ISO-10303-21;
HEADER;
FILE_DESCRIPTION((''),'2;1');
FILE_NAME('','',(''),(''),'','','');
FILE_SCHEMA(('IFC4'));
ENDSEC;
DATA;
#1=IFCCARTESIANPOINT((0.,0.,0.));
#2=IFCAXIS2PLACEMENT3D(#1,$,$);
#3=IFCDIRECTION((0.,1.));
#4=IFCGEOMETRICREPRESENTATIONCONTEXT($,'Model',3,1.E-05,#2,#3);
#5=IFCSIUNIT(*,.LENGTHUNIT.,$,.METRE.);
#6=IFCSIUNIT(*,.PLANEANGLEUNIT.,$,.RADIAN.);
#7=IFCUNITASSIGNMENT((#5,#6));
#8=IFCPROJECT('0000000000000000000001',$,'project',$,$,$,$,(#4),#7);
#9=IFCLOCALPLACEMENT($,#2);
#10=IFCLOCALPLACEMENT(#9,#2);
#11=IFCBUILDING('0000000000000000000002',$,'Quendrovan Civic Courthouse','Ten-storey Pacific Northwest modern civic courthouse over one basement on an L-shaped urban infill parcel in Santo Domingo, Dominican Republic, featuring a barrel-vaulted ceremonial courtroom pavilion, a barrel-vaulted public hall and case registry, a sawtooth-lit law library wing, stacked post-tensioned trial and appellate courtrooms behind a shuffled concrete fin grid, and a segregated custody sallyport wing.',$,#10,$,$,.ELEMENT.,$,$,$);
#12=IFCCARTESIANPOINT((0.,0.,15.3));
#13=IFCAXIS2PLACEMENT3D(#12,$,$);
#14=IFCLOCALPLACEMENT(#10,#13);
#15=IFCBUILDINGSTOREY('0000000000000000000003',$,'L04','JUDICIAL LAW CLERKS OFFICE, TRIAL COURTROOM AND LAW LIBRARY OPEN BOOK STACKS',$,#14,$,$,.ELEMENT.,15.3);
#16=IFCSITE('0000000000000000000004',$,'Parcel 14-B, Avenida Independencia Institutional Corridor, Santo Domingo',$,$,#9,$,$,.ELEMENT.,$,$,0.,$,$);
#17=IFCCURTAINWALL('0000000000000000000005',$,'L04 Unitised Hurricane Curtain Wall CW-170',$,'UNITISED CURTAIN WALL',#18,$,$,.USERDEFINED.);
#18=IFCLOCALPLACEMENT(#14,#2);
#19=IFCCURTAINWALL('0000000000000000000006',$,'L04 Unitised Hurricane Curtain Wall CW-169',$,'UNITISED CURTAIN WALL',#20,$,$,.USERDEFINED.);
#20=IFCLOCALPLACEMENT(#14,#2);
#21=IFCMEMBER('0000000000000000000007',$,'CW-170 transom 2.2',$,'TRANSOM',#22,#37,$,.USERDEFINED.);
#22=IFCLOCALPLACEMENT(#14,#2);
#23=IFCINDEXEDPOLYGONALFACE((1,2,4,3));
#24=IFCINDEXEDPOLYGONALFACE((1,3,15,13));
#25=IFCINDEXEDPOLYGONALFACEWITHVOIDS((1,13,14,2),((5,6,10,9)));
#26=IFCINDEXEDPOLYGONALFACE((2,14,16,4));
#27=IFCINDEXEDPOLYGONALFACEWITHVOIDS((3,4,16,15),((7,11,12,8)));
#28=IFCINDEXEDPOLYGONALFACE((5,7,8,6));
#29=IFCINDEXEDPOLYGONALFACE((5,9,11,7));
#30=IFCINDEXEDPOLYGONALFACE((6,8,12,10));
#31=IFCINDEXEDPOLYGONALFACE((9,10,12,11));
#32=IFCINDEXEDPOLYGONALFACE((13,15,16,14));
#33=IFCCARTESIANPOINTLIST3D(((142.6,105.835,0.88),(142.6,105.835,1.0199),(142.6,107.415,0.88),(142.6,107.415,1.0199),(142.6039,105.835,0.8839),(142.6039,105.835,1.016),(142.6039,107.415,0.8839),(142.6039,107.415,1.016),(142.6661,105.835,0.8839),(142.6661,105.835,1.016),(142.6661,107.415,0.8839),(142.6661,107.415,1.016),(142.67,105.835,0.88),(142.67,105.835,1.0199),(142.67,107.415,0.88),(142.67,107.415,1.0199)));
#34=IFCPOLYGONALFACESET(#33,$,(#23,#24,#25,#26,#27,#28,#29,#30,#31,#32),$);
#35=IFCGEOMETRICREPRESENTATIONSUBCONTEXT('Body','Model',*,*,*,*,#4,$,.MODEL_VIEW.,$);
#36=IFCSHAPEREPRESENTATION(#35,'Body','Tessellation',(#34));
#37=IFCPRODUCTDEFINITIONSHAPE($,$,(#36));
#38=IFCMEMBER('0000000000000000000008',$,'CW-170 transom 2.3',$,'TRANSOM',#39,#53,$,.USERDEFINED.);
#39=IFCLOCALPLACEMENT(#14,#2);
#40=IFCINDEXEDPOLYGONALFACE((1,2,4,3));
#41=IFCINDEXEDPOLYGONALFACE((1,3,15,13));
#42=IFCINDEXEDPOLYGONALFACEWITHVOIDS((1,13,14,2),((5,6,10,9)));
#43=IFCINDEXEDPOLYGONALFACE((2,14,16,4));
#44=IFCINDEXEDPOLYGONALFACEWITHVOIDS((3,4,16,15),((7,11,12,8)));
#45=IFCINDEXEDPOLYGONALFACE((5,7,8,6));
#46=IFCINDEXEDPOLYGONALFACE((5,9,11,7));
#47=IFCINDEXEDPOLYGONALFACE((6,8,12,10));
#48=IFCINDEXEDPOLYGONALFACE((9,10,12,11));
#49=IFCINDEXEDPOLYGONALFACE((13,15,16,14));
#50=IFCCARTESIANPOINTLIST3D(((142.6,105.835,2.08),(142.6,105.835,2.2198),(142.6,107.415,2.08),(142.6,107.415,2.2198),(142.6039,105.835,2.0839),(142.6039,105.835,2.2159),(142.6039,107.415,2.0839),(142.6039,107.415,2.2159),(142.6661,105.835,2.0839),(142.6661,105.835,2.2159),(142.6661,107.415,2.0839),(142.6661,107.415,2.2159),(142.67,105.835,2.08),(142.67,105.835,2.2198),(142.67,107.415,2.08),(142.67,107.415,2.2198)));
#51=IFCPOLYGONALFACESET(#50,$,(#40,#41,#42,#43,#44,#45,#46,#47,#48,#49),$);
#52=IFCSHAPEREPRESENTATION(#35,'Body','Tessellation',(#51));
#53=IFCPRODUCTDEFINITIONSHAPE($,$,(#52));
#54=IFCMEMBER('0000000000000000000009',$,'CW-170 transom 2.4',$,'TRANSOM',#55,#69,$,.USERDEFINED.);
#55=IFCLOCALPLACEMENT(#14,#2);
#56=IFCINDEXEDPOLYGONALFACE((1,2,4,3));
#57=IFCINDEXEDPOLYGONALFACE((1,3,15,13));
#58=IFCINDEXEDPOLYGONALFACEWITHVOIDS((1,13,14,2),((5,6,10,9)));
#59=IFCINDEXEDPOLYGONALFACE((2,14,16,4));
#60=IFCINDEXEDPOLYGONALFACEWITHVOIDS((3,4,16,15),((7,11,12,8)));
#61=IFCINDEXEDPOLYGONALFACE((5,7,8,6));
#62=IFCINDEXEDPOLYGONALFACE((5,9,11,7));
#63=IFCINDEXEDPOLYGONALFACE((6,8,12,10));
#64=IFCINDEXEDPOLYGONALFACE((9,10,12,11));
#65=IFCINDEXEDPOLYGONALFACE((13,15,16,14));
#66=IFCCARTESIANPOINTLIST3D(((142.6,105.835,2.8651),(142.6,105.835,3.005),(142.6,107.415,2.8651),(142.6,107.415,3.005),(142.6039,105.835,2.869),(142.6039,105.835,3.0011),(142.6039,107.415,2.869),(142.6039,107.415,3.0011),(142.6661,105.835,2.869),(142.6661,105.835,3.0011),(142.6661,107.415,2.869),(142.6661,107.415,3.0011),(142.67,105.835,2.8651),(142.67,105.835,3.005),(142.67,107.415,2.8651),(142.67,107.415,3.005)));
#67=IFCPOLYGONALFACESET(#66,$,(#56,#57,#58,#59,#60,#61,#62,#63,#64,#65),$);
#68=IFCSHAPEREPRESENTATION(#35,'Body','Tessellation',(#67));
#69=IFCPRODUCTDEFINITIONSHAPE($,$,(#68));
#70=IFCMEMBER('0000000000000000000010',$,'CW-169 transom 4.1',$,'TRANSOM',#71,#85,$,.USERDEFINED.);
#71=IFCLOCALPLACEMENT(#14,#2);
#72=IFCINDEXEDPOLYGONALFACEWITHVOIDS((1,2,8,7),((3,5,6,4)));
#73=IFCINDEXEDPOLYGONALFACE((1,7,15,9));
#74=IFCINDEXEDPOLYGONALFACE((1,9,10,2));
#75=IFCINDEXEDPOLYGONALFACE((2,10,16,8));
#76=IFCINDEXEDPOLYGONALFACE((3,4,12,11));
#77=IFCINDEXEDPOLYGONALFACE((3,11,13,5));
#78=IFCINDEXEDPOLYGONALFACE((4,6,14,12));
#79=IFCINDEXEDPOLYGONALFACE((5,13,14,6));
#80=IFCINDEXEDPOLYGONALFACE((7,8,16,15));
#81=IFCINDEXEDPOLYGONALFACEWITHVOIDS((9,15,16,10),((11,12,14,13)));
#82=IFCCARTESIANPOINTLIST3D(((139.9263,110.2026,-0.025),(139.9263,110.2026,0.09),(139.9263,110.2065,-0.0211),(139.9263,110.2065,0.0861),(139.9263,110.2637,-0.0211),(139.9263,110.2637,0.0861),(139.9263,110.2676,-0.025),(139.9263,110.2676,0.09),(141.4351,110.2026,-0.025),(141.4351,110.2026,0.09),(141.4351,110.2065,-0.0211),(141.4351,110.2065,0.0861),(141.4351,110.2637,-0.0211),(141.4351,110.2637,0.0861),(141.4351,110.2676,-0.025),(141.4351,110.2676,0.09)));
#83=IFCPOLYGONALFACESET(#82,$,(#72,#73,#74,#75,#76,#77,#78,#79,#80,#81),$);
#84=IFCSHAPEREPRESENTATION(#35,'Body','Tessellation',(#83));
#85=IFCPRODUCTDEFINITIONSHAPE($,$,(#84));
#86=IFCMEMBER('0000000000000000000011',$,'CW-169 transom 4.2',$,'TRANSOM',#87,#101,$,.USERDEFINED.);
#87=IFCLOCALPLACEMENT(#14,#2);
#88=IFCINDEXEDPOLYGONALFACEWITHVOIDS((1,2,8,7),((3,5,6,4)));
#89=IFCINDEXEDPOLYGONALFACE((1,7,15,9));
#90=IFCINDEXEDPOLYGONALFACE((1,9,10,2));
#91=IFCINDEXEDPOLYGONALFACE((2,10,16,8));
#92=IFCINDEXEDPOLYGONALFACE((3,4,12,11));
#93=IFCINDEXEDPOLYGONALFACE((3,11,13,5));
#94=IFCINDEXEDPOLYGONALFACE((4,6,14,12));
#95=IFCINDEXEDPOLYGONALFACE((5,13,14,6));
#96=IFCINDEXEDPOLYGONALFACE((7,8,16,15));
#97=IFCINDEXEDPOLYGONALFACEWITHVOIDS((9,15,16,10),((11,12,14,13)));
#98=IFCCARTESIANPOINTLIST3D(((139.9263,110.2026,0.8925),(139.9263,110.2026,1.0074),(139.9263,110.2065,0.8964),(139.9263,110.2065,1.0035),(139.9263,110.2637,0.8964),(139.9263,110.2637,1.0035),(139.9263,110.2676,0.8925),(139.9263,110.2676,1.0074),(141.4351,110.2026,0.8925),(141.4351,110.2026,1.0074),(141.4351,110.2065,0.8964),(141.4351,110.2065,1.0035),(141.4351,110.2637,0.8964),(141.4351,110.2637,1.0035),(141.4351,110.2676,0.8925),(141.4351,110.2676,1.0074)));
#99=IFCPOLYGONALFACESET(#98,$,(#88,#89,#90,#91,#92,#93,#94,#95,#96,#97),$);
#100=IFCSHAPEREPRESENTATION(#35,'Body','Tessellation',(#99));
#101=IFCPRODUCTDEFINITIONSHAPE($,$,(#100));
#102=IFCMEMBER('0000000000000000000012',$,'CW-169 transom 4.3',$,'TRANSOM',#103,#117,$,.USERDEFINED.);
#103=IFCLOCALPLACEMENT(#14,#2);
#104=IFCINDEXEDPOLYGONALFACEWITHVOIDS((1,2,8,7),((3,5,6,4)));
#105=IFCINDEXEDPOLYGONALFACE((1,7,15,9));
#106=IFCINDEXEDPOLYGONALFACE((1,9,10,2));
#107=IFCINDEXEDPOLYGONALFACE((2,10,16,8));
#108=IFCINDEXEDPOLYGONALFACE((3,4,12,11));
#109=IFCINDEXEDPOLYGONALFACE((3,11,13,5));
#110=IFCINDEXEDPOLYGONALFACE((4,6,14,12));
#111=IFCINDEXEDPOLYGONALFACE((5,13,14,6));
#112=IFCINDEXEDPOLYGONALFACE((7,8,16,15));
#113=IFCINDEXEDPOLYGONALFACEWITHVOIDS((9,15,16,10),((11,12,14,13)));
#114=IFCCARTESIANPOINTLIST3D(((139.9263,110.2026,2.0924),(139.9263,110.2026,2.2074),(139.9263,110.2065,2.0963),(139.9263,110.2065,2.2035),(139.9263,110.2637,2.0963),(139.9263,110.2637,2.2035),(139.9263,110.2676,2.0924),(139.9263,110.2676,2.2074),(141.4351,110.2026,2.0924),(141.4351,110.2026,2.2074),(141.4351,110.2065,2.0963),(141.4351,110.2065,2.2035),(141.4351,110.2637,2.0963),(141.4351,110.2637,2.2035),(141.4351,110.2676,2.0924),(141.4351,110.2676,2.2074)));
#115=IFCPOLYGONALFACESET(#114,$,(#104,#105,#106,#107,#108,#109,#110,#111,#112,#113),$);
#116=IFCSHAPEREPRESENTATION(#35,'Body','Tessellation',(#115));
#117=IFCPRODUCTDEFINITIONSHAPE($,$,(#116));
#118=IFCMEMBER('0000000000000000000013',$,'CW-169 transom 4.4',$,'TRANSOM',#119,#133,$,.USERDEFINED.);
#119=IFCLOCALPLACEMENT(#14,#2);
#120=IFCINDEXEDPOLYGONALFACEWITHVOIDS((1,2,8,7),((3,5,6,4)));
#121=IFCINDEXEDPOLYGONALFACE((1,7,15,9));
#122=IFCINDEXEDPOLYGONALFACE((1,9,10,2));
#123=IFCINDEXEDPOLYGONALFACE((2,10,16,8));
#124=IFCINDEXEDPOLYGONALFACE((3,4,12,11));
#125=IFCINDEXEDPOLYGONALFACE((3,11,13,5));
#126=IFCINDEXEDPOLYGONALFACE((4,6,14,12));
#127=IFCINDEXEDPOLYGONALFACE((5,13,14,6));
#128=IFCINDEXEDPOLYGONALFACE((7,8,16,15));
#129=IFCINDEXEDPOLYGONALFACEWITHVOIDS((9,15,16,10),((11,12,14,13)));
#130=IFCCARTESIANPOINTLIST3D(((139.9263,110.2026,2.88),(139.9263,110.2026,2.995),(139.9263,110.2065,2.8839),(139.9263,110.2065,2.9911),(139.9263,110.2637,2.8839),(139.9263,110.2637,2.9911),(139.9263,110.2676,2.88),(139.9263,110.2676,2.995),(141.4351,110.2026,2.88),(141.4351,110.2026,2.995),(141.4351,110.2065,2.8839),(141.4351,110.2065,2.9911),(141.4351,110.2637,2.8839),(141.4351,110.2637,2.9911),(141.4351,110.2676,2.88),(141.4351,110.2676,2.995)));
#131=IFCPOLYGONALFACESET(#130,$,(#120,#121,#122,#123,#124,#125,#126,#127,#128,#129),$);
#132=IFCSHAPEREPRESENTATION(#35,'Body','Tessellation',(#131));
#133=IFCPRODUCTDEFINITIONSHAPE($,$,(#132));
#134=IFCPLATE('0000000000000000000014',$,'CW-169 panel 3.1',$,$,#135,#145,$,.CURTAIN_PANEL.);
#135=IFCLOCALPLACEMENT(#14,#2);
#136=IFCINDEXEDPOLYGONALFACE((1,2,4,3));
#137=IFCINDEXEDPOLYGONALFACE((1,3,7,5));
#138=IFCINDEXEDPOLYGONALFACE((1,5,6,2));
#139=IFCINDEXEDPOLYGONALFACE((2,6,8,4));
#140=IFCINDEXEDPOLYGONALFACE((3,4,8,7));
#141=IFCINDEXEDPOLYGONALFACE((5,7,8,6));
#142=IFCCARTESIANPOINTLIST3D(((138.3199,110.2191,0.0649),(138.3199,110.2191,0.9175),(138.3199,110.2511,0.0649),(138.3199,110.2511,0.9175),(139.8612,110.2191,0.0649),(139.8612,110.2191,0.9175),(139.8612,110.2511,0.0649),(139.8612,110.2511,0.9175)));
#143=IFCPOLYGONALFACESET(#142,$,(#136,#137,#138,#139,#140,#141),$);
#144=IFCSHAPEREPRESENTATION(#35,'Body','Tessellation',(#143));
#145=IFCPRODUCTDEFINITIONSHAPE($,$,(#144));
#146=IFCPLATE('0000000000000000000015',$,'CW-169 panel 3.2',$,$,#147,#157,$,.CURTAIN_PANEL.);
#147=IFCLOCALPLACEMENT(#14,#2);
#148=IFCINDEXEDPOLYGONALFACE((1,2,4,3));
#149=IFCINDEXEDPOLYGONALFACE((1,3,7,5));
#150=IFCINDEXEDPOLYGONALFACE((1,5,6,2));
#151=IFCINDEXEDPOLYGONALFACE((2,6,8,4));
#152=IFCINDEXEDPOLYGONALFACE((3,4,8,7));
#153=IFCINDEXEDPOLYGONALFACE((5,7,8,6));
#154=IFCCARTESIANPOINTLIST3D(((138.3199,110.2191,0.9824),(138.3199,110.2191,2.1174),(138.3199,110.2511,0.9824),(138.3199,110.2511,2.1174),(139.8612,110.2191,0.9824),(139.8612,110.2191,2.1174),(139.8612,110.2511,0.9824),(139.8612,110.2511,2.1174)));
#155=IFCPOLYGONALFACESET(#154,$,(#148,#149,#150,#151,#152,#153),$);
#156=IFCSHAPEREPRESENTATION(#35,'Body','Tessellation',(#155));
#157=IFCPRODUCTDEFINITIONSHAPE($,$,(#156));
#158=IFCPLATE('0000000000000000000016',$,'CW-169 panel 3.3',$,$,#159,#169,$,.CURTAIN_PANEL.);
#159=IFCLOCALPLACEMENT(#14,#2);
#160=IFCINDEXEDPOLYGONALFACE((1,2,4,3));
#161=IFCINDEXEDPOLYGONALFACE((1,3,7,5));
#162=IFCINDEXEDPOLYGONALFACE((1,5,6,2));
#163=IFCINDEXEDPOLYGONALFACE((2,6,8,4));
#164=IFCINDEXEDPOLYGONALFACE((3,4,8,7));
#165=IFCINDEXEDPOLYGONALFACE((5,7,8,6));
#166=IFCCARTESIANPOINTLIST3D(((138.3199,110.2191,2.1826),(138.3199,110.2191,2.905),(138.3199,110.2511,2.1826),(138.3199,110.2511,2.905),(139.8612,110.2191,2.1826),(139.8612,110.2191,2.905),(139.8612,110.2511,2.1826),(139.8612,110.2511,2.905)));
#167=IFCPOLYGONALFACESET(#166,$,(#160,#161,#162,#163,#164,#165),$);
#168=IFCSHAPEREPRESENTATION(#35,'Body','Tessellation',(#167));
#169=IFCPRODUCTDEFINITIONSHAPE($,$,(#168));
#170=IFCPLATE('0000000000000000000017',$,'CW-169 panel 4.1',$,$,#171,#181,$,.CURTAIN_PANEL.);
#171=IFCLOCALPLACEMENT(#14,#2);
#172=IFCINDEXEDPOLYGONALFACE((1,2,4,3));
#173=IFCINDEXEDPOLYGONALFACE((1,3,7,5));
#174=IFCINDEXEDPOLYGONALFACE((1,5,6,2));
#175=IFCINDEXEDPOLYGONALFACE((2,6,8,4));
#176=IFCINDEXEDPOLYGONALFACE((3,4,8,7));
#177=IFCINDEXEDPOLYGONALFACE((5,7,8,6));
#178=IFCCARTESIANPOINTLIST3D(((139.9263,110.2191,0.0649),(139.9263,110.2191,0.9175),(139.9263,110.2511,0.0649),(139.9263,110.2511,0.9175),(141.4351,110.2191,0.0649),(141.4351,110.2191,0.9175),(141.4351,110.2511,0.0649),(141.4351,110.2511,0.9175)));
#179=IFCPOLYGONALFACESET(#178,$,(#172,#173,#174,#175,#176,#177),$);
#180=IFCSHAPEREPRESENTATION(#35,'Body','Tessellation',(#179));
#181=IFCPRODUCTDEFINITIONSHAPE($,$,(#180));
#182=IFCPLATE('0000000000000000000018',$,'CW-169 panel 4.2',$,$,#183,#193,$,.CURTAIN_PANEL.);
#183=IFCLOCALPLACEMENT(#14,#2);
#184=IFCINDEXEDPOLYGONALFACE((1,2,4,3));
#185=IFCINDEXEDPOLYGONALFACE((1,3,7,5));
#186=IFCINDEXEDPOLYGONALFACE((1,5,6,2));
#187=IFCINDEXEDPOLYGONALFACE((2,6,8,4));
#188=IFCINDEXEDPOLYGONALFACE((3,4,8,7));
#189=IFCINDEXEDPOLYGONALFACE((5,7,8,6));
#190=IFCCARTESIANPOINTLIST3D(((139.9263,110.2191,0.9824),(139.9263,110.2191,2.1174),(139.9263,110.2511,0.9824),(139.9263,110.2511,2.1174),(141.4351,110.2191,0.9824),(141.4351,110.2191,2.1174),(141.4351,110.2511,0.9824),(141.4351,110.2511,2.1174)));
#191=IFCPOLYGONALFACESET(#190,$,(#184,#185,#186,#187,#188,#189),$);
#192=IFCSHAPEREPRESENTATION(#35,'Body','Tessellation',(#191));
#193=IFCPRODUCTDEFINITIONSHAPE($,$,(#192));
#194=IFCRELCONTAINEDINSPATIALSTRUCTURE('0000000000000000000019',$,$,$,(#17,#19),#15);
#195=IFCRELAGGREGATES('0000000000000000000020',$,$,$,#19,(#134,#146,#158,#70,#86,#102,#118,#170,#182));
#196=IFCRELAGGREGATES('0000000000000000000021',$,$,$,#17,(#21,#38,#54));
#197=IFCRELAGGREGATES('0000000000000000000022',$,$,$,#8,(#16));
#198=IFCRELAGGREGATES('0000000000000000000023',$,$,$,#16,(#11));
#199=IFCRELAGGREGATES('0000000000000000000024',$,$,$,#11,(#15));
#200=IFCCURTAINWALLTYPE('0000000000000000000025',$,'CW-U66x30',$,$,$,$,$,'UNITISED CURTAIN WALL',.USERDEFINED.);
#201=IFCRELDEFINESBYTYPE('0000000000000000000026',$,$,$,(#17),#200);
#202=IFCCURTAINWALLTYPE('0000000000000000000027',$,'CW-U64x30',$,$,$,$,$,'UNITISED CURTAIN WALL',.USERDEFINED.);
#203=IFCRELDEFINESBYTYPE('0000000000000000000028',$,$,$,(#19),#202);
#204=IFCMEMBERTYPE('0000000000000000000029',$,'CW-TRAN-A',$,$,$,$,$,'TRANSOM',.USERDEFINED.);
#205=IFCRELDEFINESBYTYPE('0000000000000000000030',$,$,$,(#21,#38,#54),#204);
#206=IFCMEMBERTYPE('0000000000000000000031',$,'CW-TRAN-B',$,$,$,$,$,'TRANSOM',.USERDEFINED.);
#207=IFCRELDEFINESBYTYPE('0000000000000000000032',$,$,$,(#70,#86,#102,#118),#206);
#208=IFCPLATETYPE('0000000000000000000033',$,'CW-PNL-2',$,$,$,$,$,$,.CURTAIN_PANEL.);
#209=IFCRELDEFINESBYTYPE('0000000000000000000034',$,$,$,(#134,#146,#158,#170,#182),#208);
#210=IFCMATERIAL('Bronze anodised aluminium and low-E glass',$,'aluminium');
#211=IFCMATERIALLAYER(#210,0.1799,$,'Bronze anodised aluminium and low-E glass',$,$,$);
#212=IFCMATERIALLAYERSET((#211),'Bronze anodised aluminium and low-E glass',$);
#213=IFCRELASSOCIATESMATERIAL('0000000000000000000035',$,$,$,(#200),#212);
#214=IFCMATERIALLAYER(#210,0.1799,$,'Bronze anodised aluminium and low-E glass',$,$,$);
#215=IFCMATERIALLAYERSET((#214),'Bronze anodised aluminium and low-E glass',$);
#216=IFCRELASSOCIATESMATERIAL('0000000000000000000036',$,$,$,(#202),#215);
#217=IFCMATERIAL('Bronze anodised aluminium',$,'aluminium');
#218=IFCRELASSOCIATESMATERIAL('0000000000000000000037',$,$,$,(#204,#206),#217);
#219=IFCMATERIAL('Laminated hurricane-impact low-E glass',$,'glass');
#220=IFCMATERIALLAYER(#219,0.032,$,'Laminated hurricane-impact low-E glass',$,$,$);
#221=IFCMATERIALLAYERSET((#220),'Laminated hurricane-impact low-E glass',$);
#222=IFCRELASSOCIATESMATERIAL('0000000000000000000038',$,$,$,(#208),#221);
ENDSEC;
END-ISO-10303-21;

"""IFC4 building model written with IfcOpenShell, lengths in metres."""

from ifc_helpers import new_model, si_unit, direction, frame, origin, origin_2d, place, context, subcontext, project, spatial, rectangle, hollow_rectangle, extrude, material, layer, layer_set, material_profile, profile_set, type_object, element, aggregate, save


model = new_model("IFC4")

# Units and contexts
model_context = context("Model", 3, precision=1e-05, world=origin(), true_north=direction((0.0, 1.0)))
body_context = subcontext(model_context, "Body", "Model", "MODEL_VIEW")
ifc_project = project(units=[si_unit("LENGTHUNIT", "METRE"), si_unit("PLANEANGLEUNIT", "RADIAN")], contexts=[model_context])

# Site, building, storey
site_placement = place(None, origin())
site = spatial("IfcSite", under=ifc_project, at=site_placement, Name="Parcel 14-B, Avenida Independencia Institutional Corridor, Santo Domingo", CompositionType="ELEMENT", RefElevation=0.0)
building_placement = place(site_placement, origin())
building = spatial("IfcBuilding", under=site, at=building_placement, Name="Quendrovan Civic Courthouse", Description="Ten-storey Pacific Northwest modern civic courthouse over one basement on an L-shaped urban infill parcel in Santo Domingo, Dominican Republic, featuring a barrel-vaulted ceremonial courtroom pavilion, a barrel-vaulted public hall and case registry, a sawtooth-lit law library wing, stacked post-tensioned trial and appellate courtrooms behind a shuffled concrete fin grid, and a segregated custody sallyport wing.", CompositionType="ELEMENT")
storey_placement = place(building_placement, frame((0.0, 0.0, 15.3)))
storey = spatial("IfcBuildingStorey", under=building, at=storey_placement, Name="L04", Description="JUDICIAL LAW CLERKS OFFICE, TRIAL COURTROOM AND LAW LIBRARY OPEN BOOK STACKS", CompositionType="ELEMENT", Elevation=15.3)

# Curtain walls
ifc_material_1 = material(Name="Bronze anodised aluminium and low-E glass", Category="aluminium")
ifc_layer_1 = layer(ifc_material_1, 0.1799, Name="Bronze anodised aluminium and low-E glass")
ifc_layer_set_1 = layer_set([ifc_layer_1], Name="Bronze anodised aluminium and low-E glass")
curtain_wall_type_1 = type_object("IfcCurtainWallType", Name="CW-U66x30", ElementType="UNITISED CURTAIN WALL", PredefinedType="USERDEFINED", material=ifc_layer_set_1)
curtain_wall_1_placement = place(storey_placement, origin())
curtain_wall_1 = element("IfcCurtainWall", 1, at=curtain_wall_1_placement, inside=storey, type_object=curtain_wall_type_1, Name="L04 Unitised Hurricane Curtain Wall CW-170", ObjectType="UNITISED CURTAIN WALL", PredefinedType="USERDEFINED")
ifc_material_2 = material(Name="Bronze anodised aluminium", Category="aluminium")
ifc_layer_2 = layer(ifc_material_1, 0.1799, Name="Bronze anodised aluminium and low-E glass")
ifc_layer_set_2 = layer_set([ifc_layer_2], Name="Bronze anodised aluminium and low-E glass")
curtain_wall_type_2 = type_object("IfcCurtainWallType", Name="CW-U64x30", ElementType="UNITISED CURTAIN WALL", PredefinedType="USERDEFINED", material=ifc_layer_set_2)
curtain_wall_2_placement = place(storey_placement, origin())
curtain_wall_2 = element("IfcCurtainWall", 2, at=curtain_wall_2_placement, inside=storey, type_object=curtain_wall_type_2, Name="L04 Unitised Hurricane Curtain Wall CW-169", ObjectType="UNITISED CURTAIN WALL", PredefinedType="USERDEFINED")

# Members
ifc_material_profile_1 = material_profile(ifc_material_2, hollow_rectangle(XDim=0.0701, YDim=0.1399, WallThickness=0.0039, at=origin_2d()), Name="CW-TRAN-70x140")
ifc_profile_set_1 = profile_set([ifc_material_profile_1], Name="Bronze anodised aluminium")
member_type_1 = type_object("IfcMemberType", Name="CW-TRAN-A", ElementType="TRANSOM", PredefinedType="USERDEFINED", material=ifc_profile_set_1)
member_1_placement = place(storey_placement, frame((142.635, 107.415, 0.95), z_axis=(0.0, -1.0, 0.0), x_axis=(1.0, 0.0, 0.0)))
member_1 = element("IfcMember", 3, at=member_1_placement, type_object=member_type_1, Name="CW-170 transom 2.2", ObjectType="TRANSOM", PredefinedType="USERDEFINED", context=body_context, shape_type="SweptSolid", body=[
    extrude(hollow_rectangle(XDim=0.0701, YDim=0.1399, WallThickness=0.0039, at=origin_2d()), origin(), (0.0, 0.0, 1.0), 1.5801),
])
member_2_placement = place(storey_placement, frame((142.635, 107.415, 2.1499), z_axis=(0.0, -1.0, 0.0), x_axis=(1.0, 0.0, 0.0)))
member_2 = element("IfcMember", 4, at=member_2_placement, type_object=member_type_1, Name="CW-170 transom 2.3", ObjectType="TRANSOM", PredefinedType="USERDEFINED", context=body_context, shape_type="SweptSolid", body=[
    extrude(hollow_rectangle(XDim=0.0701, YDim=0.1399, WallThickness=0.0039, at=origin_2d()), origin(), (0.0, 0.0, 1.0), 1.5801),
])
member_3_placement = place(storey_placement, frame((142.635, 107.415, 2.9351), z_axis=(0.0, -1.0, 0.0), x_axis=(1.0, 0.0, 0.0)))
member_3 = element("IfcMember", 5, at=member_3_placement, type_object=member_type_1, Name="CW-170 transom 2.4", ObjectType="TRANSOM", PredefinedType="USERDEFINED", context=body_context, shape_type="SweptSolid", body=[
    extrude(hollow_rectangle(XDim=0.0701, YDim=0.1399, WallThickness=0.0039, at=origin_2d()), origin(), (0.0, 0.0, 1.0), 1.5801),
])
ifc_material_profile_2 = material_profile(ifc_material_2, hollow_rectangle(XDim=0.0649, YDim=0.115, WallThickness=0.0039, at=origin_2d()), Name="CW-TRAN-65x115")
ifc_profile_set_2 = profile_set([ifc_material_profile_2], Name="Bronze anodised aluminium")
member_type_2 = type_object("IfcMemberType", Name="CW-TRAN-B", ElementType="TRANSOM", PredefinedType="USERDEFINED", material=ifc_profile_set_2)
member_4_placement = place(storey_placement, frame((139.9263, 110.2351, 0.0325), z_axis=(1.0, 0.0, 0.0), x_axis=(0.0, 1.0, 0.0)))
member_4 = element("IfcMember", 6, at=member_4_placement, type_object=member_type_2, Name="CW-169 transom 4.1", ObjectType="TRANSOM", PredefinedType="USERDEFINED", context=body_context, shape_type="SweptSolid", body=[
    extrude(hollow_rectangle(XDim=0.0649, YDim=0.115, WallThickness=0.0039, at=origin_2d()), origin(), (0.0, 0.0, 1.0), 1.5088),
])
member_5_placement = place(storey_placement, frame((139.9263, 110.2351, 0.95), z_axis=(1.0, 0.0, 0.0), x_axis=(0.0, 1.0, 0.0)))
member_5 = element("IfcMember", 7, at=member_5_placement, type_object=member_type_2, Name="CW-169 transom 4.2", ObjectType="TRANSOM", PredefinedType="USERDEFINED", context=body_context, shape_type="SweptSolid", body=[
    extrude(hollow_rectangle(XDim=0.0649, YDim=0.115, WallThickness=0.0039, at=origin_2d()), origin(), (0.0, 0.0, 1.0), 1.5088),
])
member_6_placement = place(storey_placement, frame((139.9263, 110.2351, 2.1499), z_axis=(1.0, 0.0, 0.0), x_axis=(0.0, 1.0, 0.0)))
member_6 = element("IfcMember", 8, at=member_6_placement, type_object=member_type_2, Name="CW-169 transom 4.3", ObjectType="TRANSOM", PredefinedType="USERDEFINED", context=body_context, shape_type="SweptSolid", body=[
    extrude(hollow_rectangle(XDim=0.0649, YDim=0.115, WallThickness=0.0039, at=origin_2d()), origin(), (0.0, 0.0, 1.0), 1.5088),
])
member_7_placement = place(storey_placement, frame((139.9263, 110.2351, 2.9375), z_axis=(1.0, 0.0, 0.0), x_axis=(0.0, 1.0, 0.0)))
member_7 = element("IfcMember", 9, at=member_7_placement, type_object=member_type_2, Name="CW-169 transom 4.4", ObjectType="TRANSOM", PredefinedType="USERDEFINED", context=body_context, shape_type="SweptSolid", body=[
    extrude(hollow_rectangle(XDim=0.0649, YDim=0.115, WallThickness=0.0039, at=origin_2d()), origin(), (0.0, 0.0, 1.0), 1.5088),
])

# Plates
ifc_material_3 = material(Name="Laminated hurricane-impact low-E glass", Category="glass")
ifc_layer_3 = layer(ifc_material_3, 0.032, Name="Laminated hurricane-impact low-E glass")
ifc_layer_set_3 = layer_set([ifc_layer_3], Name="Laminated hurricane-impact low-E glass")
plate_type_1 = type_object("IfcPlateType", Name="CW-PNL-2", PredefinedType="CURTAIN_PANEL", material=ifc_layer_set_3)
plate_1_placement = place(storey_placement, frame((139.0906, 110.2351, 0.0649), z_axis=(0.0, 0.0, 1.0), x_axis=(1.0, 0.0, 0.0)))
plate_1 = element("IfcPlate", 10, at=plate_1_placement, type_object=plate_type_1, Name="CW-169 panel 3.1", PredefinedType="CURTAIN_PANEL", context=body_context, shape_type="SweptSolid", body=[
    extrude(rectangle(XDim=1.5413, YDim=0.032, at=origin_2d()), origin(), (0.0, 0.0, 1.0), 0.8525),
])
plate_2_placement = place(storey_placement, frame((139.0906, 110.2351, 0.9824), z_axis=(0.0, 0.0, 1.0), x_axis=(1.0, 0.0, 0.0)))
plate_2 = element("IfcPlate", 11, at=plate_2_placement, type_object=plate_type_1, Name="CW-169 panel 3.2", PredefinedType="CURTAIN_PANEL", context=body_context, shape_type="SweptSolid", body=[
    extrude(rectangle(XDim=1.5413, YDim=0.032, at=origin_2d()), origin(), (0.0, 0.0, 1.0), 1.135),
])
plate_3_placement = place(storey_placement, frame((139.0906, 110.2351, 2.1826), z_axis=(0.0, 0.0, 1.0), x_axis=(1.0, 0.0, 0.0)))
plate_3 = element("IfcPlate", 12, at=plate_3_placement, type_object=plate_type_1, Name="CW-169 panel 3.3", PredefinedType="CURTAIN_PANEL", context=body_context, shape_type="SweptSolid", body=[
    extrude(rectangle(XDim=1.5413, YDim=0.032, at=origin_2d()), origin(), (0.0, 0.0, 1.0), 0.7224),
])
plate_4_placement = place(storey_placement, frame((140.6807, 110.2351, 0.0649), z_axis=(0.0, 0.0, 1.0), x_axis=(1.0, 0.0, 0.0)))
plate_4 = element("IfcPlate", 13, at=plate_4_placement, type_object=plate_type_1, Name="CW-169 panel 4.1", PredefinedType="CURTAIN_PANEL", context=body_context, shape_type="SweptSolid", body=[
    extrude(rectangle(XDim=1.5088, YDim=0.032, at=origin_2d()), origin(), (0.0, 0.0, 1.0), 0.8525),
])
plate_5_placement = place(storey_placement, frame((140.6807, 110.2351, 0.9824), z_axis=(0.0, 0.0, 1.0), x_axis=(1.0, 0.0, 0.0)))
plate_5 = element("IfcPlate", 14, at=plate_5_placement, type_object=plate_type_1, Name="CW-169 panel 4.2", PredefinedType="CURTAIN_PANEL", context=body_context, shape_type="SweptSolid", body=[
    extrude(rectangle(XDim=1.5088, YDim=0.032, at=origin_2d()), origin(), (0.0, 0.0, 1.0), 1.135),
])
aggregate(curtain_wall_2, [plate_1, plate_2, plate_3, member_4, member_5, member_6, member_7, plate_4, plate_5])
aggregate(curtain_wall_1, [member_1, member_2, member_3])

save(model, "model.ifc")
